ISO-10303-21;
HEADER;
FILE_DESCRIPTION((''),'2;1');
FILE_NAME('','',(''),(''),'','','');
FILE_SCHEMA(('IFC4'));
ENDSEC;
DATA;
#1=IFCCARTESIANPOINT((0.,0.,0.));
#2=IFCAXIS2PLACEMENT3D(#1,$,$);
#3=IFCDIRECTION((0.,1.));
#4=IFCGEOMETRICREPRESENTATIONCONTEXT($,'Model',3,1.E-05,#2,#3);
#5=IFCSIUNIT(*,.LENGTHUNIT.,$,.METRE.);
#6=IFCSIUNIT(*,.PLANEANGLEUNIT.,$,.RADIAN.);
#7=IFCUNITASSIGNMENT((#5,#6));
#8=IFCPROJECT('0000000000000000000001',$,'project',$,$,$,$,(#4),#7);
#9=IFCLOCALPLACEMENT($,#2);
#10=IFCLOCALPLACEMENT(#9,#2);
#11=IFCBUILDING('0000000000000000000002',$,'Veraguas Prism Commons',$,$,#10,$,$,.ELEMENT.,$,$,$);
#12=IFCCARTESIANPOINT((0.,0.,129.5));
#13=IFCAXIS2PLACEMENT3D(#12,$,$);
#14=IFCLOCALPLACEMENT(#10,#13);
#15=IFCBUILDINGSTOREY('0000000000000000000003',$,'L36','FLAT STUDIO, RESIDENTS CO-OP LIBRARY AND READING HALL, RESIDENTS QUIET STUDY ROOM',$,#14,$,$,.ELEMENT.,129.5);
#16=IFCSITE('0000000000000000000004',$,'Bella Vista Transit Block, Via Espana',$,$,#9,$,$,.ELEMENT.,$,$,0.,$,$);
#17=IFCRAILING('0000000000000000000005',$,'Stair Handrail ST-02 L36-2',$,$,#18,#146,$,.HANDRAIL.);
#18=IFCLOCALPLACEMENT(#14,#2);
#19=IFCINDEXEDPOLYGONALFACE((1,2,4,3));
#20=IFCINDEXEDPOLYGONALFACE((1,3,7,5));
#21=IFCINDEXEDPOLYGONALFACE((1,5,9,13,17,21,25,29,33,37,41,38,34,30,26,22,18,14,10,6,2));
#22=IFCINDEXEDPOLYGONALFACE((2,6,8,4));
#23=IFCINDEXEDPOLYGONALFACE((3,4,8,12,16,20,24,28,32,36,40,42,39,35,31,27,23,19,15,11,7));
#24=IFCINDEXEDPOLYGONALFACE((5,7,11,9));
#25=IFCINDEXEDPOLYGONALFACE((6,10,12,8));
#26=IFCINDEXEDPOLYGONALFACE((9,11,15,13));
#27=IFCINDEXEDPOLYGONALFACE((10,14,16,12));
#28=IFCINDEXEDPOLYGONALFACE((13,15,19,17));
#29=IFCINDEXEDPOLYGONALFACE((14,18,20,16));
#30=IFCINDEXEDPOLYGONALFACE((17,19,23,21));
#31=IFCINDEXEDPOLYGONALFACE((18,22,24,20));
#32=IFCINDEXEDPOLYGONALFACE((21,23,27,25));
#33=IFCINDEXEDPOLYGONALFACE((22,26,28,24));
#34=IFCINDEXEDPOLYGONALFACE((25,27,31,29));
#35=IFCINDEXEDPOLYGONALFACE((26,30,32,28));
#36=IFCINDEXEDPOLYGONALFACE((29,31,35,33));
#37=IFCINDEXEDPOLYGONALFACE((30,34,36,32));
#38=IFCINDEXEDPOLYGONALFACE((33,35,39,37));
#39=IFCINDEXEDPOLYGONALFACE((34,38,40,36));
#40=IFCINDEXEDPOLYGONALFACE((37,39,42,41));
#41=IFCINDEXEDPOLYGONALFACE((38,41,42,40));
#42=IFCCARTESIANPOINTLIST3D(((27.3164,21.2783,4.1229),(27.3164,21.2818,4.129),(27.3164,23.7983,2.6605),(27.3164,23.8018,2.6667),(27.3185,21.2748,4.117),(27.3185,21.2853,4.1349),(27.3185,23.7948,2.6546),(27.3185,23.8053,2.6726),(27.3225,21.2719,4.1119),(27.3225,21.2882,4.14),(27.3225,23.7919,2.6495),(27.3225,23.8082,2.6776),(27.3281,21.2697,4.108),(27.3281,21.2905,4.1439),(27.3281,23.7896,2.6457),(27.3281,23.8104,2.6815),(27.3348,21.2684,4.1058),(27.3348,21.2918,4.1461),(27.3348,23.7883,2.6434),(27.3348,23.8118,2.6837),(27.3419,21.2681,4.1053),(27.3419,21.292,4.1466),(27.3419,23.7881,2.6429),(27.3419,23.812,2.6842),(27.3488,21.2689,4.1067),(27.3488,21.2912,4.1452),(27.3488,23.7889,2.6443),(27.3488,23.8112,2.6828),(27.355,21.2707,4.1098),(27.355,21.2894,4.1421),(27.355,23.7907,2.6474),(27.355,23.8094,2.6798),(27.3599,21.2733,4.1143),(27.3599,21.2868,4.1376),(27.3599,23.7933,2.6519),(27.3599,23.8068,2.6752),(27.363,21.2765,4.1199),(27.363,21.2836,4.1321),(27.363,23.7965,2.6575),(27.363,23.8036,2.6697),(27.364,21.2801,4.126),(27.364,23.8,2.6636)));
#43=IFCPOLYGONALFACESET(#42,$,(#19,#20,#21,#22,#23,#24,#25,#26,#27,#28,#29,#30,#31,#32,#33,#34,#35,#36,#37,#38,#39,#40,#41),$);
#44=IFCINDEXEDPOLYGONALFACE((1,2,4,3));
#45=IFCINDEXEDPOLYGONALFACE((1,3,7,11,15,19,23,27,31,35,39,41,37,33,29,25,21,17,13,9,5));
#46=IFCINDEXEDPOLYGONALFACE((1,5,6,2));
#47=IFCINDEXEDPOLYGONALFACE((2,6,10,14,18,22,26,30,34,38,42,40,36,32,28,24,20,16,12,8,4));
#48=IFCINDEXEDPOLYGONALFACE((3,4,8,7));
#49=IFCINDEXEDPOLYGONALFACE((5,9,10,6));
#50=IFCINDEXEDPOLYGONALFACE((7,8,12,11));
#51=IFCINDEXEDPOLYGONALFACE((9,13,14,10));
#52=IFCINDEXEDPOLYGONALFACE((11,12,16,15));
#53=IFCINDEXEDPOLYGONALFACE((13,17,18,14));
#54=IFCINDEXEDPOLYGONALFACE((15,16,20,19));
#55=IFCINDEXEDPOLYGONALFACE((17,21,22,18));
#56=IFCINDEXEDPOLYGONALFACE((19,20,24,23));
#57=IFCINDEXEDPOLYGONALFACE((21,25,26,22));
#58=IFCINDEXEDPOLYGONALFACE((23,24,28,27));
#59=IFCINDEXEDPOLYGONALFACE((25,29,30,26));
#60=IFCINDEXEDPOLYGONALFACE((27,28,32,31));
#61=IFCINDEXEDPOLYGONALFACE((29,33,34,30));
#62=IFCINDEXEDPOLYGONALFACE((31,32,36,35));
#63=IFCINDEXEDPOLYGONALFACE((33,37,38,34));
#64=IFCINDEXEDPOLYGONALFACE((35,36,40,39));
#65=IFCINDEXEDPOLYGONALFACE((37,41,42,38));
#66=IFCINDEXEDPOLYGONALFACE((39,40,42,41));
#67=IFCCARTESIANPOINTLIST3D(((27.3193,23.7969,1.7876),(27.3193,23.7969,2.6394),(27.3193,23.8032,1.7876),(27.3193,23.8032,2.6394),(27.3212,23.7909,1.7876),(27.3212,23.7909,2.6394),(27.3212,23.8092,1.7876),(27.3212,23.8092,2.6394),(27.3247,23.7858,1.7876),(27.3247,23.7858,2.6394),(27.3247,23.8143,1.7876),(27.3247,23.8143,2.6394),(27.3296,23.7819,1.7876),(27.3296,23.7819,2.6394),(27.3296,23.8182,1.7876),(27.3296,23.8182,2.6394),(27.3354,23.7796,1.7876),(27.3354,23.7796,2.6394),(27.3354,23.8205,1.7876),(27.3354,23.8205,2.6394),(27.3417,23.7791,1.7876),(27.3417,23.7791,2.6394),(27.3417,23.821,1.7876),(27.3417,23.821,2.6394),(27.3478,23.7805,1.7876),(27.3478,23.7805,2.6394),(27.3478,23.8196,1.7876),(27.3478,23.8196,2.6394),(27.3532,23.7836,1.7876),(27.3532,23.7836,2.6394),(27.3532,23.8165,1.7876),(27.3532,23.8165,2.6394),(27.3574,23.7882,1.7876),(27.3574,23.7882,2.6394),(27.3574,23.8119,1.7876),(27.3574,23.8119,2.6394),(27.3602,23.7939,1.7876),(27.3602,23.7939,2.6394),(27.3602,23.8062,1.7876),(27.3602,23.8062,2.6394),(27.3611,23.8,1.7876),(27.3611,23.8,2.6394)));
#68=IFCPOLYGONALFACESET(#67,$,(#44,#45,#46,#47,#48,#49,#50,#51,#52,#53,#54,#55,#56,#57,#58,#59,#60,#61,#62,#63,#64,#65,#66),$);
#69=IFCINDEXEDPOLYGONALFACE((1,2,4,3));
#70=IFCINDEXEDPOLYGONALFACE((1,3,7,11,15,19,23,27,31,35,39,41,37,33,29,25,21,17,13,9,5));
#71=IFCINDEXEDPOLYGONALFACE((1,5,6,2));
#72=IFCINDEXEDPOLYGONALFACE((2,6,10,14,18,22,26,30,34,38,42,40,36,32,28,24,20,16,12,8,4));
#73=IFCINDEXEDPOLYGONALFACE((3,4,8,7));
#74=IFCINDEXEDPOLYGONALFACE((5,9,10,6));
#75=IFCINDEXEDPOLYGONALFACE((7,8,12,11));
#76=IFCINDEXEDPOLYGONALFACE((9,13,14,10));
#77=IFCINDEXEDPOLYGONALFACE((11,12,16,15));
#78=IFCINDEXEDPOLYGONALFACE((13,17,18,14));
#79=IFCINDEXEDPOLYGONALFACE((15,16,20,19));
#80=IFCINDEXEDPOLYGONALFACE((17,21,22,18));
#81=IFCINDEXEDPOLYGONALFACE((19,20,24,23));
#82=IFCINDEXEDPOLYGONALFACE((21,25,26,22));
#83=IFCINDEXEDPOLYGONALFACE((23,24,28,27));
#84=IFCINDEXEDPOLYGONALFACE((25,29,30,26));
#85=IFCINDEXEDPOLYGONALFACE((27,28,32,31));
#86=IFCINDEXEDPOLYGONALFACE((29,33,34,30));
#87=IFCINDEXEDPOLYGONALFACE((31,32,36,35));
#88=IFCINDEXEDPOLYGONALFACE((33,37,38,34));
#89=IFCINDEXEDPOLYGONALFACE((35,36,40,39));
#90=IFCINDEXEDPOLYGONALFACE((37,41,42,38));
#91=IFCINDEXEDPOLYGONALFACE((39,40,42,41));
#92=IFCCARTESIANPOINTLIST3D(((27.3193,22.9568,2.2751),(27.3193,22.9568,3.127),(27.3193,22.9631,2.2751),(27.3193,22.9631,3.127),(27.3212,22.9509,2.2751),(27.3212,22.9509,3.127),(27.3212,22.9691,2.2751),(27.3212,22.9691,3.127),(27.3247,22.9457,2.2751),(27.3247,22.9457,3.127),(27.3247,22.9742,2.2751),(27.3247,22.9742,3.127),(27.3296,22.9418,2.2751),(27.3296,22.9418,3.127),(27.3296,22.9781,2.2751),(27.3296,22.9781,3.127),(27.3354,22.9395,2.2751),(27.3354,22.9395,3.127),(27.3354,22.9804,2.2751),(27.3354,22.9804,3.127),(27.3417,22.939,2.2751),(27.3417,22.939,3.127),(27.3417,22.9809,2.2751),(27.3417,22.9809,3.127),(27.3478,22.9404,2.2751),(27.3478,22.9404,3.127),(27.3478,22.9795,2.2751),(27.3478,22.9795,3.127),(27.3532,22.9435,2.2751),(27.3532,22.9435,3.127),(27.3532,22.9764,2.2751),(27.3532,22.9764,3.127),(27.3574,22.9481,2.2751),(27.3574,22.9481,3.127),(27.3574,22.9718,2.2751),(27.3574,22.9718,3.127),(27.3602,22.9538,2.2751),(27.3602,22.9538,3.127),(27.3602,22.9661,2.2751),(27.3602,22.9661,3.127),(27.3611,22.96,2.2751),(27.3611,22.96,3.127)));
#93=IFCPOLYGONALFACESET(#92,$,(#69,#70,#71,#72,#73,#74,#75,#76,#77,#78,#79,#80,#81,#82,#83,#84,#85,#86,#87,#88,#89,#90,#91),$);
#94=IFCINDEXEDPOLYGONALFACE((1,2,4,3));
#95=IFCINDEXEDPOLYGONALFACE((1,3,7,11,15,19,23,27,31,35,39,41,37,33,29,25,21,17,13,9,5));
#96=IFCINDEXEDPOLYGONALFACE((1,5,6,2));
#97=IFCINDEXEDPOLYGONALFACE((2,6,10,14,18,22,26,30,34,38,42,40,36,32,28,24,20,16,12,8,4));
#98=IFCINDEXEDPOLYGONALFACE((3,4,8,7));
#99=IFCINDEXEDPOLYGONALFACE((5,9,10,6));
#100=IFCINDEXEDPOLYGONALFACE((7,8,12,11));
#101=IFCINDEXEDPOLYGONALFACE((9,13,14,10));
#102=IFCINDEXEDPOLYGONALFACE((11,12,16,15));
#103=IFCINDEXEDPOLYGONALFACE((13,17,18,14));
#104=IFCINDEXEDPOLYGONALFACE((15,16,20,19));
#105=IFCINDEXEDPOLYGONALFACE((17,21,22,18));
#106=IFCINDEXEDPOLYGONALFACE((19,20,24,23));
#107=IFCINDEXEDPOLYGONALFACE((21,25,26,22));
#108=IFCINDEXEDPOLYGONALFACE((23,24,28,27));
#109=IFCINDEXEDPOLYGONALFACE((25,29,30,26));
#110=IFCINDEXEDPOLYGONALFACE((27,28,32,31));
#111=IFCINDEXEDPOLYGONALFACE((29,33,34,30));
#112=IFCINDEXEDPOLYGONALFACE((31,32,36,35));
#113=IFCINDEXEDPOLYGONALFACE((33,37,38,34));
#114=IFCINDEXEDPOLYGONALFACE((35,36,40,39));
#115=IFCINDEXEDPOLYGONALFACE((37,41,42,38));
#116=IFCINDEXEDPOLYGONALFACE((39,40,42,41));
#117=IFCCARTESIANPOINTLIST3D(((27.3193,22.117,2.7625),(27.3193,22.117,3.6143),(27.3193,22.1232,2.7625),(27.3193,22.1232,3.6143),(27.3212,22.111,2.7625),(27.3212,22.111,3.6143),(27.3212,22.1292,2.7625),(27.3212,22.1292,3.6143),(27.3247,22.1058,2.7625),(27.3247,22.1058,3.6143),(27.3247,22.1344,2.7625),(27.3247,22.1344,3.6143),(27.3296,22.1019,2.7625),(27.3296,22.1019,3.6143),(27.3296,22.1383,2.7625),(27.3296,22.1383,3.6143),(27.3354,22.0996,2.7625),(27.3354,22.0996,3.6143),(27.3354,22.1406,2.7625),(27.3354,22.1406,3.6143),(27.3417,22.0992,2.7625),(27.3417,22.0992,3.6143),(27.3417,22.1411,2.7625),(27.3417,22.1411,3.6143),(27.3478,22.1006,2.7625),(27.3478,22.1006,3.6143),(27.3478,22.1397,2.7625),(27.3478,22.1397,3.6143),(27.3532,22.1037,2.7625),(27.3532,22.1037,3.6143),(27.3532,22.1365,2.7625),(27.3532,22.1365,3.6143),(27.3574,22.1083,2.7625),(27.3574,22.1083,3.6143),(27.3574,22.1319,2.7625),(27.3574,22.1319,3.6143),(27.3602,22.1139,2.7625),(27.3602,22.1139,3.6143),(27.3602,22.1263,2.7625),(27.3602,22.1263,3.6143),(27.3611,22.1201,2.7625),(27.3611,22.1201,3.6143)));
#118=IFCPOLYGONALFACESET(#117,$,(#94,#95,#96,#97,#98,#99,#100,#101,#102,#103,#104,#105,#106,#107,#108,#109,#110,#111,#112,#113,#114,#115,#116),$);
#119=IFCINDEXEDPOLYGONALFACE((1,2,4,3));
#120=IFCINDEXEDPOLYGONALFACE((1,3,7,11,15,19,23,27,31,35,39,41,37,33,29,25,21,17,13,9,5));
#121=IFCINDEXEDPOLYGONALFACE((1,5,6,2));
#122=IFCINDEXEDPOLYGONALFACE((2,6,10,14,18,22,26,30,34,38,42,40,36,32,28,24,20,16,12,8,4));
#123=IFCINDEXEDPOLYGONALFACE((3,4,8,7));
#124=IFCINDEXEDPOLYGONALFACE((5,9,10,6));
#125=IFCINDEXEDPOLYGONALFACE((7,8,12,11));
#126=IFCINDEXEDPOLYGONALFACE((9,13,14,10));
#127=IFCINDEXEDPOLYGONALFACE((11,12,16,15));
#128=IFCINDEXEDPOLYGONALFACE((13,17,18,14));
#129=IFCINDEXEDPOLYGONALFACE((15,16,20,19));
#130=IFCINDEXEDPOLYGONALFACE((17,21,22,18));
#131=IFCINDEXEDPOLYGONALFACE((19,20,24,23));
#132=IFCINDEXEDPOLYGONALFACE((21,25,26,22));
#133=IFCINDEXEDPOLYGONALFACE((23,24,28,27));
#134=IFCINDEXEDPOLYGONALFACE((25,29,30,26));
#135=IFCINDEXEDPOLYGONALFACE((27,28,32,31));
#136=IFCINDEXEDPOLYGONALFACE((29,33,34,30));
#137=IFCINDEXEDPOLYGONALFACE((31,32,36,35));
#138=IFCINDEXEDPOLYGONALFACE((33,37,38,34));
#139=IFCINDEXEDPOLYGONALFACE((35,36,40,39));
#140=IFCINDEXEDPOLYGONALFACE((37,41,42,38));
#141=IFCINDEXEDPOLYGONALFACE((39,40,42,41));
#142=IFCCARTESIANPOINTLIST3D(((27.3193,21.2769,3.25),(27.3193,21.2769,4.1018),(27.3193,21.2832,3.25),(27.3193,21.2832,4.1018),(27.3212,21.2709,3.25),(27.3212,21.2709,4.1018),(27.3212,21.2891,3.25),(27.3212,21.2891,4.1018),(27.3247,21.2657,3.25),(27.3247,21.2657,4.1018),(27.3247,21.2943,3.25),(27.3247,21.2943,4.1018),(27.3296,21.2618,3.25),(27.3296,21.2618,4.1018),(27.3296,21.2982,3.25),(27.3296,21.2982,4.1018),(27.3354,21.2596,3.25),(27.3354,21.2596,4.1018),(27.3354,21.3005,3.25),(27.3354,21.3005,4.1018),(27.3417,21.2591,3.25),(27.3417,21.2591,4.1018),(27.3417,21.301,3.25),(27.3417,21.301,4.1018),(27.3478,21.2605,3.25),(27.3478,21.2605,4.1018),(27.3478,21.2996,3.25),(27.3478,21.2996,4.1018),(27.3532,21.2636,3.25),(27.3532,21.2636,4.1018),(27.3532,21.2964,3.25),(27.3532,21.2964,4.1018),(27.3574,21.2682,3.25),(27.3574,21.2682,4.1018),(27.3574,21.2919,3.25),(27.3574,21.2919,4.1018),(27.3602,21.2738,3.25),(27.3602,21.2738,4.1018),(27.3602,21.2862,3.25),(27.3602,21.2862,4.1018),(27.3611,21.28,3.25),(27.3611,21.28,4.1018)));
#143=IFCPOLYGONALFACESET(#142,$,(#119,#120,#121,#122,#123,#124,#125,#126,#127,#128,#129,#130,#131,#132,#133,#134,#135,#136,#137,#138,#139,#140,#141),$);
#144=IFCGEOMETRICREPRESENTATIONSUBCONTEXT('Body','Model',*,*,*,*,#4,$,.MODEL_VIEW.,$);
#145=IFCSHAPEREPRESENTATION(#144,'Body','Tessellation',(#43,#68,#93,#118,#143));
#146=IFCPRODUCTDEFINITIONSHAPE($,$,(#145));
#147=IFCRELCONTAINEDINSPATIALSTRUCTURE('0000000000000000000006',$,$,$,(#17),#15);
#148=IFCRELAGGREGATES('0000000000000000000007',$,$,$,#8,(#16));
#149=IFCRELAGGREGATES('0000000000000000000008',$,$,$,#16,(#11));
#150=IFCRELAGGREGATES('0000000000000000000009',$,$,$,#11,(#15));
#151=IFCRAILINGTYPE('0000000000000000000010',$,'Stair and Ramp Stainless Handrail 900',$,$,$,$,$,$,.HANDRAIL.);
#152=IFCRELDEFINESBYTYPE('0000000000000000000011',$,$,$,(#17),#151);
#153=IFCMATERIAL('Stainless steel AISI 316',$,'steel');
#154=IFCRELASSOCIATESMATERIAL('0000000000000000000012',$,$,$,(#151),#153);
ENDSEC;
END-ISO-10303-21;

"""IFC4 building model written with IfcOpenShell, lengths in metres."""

from ifc_helpers import new_model, si_unit, direction, frame, origin, origin_2d, place, context, subcontext, project, spatial, circle, extrude, material, type_object, element, save


model = new_model("IFC4")

# Units and contexts
model_context = context("Model", 3, precision=1e-05, world=origin(), true_north=direction((0.0, 1.0)))
body_context = subcontext(model_context, "Body", "Model", "MODEL_VIEW")
ifc_project = project(units=[si_unit("LENGTHUNIT", "METRE"), si_unit("PLANEANGLEUNIT", "RADIAN")], contexts=[model_context])

# Site, building, storey
site_placement = place(None, origin())
site = spatial("IfcSite", under=ifc_project, at=site_placement, Name="Bella Vista Transit Block, Via Espana", CompositionType="ELEMENT", RefElevation=0.0)
building_placement = place(site_placement, origin())
building = spatial("IfcBuilding", under=site, at=building_placement, Name="Veraguas Prism Commons", CompositionType="ELEMENT")
storey_placement = place(building_placement, frame((0.0, 0.0, 129.5)))
storey = spatial("IfcBuildingStorey", under=building, at=storey_placement, Name="L36", Description="FLAT STUDIO, RESIDENTS CO-OP LIBRARY AND READING HALL, RESIDENTS QUIET STUDY ROOM", CompositionType="ELEMENT", Elevation=129.5)

# Shared definitions
ifc_material_1 = material(Name="Stainless steel AISI 316", Category="steel")

# Railing
railing_type_1 = type_object("IfcRailingType", Name="Stair and Ramp Stainless Handrail 900", PredefinedType="HANDRAIL", material=ifc_material_1)
railing_1_placement = place(storey_placement, frame((27.3401, 23.8, 1.7876)))
element("IfcRailing", 1, at=railing_1_placement, inside=storey, type_object=railing_type_1, Name="Stair Handrail ST-02 L36-2", PredefinedType="HANDRAIL", context=body_context, shape_type="SweptSolid", body=[
    extrude(circle(Radius=0.0239, at=origin_2d()), frame((0.0, 0.0, 0.876), z_axis=(0.0, -0.864913, 0.501921), x_axis=(1.0, 0.0, 0.0)), (0.0, 0.0, 1.0), 2.9136),
    extrude(circle(Radius=0.021, at=origin_2d()), origin(), (0.0, 0.0, 1.0), 0.8518),
    extrude(circle(Radius=0.021, at=origin_2d()), frame((0.0, -0.8401, 0.4875)), (0.0, 0.0, 1.0), 0.8518),
    extrude(circle(Radius=0.021, at=origin_2d()), frame((0.0, -1.6799, 0.9749)), (0.0, 0.0, 1.0), 0.8518),
    extrude(circle(Radius=0.021, at=origin_2d()), frame((0.0, -2.52, 1.4624)), (0.0, 0.0, 1.0), 0.8518),
])

save(model, "model.ifc")
